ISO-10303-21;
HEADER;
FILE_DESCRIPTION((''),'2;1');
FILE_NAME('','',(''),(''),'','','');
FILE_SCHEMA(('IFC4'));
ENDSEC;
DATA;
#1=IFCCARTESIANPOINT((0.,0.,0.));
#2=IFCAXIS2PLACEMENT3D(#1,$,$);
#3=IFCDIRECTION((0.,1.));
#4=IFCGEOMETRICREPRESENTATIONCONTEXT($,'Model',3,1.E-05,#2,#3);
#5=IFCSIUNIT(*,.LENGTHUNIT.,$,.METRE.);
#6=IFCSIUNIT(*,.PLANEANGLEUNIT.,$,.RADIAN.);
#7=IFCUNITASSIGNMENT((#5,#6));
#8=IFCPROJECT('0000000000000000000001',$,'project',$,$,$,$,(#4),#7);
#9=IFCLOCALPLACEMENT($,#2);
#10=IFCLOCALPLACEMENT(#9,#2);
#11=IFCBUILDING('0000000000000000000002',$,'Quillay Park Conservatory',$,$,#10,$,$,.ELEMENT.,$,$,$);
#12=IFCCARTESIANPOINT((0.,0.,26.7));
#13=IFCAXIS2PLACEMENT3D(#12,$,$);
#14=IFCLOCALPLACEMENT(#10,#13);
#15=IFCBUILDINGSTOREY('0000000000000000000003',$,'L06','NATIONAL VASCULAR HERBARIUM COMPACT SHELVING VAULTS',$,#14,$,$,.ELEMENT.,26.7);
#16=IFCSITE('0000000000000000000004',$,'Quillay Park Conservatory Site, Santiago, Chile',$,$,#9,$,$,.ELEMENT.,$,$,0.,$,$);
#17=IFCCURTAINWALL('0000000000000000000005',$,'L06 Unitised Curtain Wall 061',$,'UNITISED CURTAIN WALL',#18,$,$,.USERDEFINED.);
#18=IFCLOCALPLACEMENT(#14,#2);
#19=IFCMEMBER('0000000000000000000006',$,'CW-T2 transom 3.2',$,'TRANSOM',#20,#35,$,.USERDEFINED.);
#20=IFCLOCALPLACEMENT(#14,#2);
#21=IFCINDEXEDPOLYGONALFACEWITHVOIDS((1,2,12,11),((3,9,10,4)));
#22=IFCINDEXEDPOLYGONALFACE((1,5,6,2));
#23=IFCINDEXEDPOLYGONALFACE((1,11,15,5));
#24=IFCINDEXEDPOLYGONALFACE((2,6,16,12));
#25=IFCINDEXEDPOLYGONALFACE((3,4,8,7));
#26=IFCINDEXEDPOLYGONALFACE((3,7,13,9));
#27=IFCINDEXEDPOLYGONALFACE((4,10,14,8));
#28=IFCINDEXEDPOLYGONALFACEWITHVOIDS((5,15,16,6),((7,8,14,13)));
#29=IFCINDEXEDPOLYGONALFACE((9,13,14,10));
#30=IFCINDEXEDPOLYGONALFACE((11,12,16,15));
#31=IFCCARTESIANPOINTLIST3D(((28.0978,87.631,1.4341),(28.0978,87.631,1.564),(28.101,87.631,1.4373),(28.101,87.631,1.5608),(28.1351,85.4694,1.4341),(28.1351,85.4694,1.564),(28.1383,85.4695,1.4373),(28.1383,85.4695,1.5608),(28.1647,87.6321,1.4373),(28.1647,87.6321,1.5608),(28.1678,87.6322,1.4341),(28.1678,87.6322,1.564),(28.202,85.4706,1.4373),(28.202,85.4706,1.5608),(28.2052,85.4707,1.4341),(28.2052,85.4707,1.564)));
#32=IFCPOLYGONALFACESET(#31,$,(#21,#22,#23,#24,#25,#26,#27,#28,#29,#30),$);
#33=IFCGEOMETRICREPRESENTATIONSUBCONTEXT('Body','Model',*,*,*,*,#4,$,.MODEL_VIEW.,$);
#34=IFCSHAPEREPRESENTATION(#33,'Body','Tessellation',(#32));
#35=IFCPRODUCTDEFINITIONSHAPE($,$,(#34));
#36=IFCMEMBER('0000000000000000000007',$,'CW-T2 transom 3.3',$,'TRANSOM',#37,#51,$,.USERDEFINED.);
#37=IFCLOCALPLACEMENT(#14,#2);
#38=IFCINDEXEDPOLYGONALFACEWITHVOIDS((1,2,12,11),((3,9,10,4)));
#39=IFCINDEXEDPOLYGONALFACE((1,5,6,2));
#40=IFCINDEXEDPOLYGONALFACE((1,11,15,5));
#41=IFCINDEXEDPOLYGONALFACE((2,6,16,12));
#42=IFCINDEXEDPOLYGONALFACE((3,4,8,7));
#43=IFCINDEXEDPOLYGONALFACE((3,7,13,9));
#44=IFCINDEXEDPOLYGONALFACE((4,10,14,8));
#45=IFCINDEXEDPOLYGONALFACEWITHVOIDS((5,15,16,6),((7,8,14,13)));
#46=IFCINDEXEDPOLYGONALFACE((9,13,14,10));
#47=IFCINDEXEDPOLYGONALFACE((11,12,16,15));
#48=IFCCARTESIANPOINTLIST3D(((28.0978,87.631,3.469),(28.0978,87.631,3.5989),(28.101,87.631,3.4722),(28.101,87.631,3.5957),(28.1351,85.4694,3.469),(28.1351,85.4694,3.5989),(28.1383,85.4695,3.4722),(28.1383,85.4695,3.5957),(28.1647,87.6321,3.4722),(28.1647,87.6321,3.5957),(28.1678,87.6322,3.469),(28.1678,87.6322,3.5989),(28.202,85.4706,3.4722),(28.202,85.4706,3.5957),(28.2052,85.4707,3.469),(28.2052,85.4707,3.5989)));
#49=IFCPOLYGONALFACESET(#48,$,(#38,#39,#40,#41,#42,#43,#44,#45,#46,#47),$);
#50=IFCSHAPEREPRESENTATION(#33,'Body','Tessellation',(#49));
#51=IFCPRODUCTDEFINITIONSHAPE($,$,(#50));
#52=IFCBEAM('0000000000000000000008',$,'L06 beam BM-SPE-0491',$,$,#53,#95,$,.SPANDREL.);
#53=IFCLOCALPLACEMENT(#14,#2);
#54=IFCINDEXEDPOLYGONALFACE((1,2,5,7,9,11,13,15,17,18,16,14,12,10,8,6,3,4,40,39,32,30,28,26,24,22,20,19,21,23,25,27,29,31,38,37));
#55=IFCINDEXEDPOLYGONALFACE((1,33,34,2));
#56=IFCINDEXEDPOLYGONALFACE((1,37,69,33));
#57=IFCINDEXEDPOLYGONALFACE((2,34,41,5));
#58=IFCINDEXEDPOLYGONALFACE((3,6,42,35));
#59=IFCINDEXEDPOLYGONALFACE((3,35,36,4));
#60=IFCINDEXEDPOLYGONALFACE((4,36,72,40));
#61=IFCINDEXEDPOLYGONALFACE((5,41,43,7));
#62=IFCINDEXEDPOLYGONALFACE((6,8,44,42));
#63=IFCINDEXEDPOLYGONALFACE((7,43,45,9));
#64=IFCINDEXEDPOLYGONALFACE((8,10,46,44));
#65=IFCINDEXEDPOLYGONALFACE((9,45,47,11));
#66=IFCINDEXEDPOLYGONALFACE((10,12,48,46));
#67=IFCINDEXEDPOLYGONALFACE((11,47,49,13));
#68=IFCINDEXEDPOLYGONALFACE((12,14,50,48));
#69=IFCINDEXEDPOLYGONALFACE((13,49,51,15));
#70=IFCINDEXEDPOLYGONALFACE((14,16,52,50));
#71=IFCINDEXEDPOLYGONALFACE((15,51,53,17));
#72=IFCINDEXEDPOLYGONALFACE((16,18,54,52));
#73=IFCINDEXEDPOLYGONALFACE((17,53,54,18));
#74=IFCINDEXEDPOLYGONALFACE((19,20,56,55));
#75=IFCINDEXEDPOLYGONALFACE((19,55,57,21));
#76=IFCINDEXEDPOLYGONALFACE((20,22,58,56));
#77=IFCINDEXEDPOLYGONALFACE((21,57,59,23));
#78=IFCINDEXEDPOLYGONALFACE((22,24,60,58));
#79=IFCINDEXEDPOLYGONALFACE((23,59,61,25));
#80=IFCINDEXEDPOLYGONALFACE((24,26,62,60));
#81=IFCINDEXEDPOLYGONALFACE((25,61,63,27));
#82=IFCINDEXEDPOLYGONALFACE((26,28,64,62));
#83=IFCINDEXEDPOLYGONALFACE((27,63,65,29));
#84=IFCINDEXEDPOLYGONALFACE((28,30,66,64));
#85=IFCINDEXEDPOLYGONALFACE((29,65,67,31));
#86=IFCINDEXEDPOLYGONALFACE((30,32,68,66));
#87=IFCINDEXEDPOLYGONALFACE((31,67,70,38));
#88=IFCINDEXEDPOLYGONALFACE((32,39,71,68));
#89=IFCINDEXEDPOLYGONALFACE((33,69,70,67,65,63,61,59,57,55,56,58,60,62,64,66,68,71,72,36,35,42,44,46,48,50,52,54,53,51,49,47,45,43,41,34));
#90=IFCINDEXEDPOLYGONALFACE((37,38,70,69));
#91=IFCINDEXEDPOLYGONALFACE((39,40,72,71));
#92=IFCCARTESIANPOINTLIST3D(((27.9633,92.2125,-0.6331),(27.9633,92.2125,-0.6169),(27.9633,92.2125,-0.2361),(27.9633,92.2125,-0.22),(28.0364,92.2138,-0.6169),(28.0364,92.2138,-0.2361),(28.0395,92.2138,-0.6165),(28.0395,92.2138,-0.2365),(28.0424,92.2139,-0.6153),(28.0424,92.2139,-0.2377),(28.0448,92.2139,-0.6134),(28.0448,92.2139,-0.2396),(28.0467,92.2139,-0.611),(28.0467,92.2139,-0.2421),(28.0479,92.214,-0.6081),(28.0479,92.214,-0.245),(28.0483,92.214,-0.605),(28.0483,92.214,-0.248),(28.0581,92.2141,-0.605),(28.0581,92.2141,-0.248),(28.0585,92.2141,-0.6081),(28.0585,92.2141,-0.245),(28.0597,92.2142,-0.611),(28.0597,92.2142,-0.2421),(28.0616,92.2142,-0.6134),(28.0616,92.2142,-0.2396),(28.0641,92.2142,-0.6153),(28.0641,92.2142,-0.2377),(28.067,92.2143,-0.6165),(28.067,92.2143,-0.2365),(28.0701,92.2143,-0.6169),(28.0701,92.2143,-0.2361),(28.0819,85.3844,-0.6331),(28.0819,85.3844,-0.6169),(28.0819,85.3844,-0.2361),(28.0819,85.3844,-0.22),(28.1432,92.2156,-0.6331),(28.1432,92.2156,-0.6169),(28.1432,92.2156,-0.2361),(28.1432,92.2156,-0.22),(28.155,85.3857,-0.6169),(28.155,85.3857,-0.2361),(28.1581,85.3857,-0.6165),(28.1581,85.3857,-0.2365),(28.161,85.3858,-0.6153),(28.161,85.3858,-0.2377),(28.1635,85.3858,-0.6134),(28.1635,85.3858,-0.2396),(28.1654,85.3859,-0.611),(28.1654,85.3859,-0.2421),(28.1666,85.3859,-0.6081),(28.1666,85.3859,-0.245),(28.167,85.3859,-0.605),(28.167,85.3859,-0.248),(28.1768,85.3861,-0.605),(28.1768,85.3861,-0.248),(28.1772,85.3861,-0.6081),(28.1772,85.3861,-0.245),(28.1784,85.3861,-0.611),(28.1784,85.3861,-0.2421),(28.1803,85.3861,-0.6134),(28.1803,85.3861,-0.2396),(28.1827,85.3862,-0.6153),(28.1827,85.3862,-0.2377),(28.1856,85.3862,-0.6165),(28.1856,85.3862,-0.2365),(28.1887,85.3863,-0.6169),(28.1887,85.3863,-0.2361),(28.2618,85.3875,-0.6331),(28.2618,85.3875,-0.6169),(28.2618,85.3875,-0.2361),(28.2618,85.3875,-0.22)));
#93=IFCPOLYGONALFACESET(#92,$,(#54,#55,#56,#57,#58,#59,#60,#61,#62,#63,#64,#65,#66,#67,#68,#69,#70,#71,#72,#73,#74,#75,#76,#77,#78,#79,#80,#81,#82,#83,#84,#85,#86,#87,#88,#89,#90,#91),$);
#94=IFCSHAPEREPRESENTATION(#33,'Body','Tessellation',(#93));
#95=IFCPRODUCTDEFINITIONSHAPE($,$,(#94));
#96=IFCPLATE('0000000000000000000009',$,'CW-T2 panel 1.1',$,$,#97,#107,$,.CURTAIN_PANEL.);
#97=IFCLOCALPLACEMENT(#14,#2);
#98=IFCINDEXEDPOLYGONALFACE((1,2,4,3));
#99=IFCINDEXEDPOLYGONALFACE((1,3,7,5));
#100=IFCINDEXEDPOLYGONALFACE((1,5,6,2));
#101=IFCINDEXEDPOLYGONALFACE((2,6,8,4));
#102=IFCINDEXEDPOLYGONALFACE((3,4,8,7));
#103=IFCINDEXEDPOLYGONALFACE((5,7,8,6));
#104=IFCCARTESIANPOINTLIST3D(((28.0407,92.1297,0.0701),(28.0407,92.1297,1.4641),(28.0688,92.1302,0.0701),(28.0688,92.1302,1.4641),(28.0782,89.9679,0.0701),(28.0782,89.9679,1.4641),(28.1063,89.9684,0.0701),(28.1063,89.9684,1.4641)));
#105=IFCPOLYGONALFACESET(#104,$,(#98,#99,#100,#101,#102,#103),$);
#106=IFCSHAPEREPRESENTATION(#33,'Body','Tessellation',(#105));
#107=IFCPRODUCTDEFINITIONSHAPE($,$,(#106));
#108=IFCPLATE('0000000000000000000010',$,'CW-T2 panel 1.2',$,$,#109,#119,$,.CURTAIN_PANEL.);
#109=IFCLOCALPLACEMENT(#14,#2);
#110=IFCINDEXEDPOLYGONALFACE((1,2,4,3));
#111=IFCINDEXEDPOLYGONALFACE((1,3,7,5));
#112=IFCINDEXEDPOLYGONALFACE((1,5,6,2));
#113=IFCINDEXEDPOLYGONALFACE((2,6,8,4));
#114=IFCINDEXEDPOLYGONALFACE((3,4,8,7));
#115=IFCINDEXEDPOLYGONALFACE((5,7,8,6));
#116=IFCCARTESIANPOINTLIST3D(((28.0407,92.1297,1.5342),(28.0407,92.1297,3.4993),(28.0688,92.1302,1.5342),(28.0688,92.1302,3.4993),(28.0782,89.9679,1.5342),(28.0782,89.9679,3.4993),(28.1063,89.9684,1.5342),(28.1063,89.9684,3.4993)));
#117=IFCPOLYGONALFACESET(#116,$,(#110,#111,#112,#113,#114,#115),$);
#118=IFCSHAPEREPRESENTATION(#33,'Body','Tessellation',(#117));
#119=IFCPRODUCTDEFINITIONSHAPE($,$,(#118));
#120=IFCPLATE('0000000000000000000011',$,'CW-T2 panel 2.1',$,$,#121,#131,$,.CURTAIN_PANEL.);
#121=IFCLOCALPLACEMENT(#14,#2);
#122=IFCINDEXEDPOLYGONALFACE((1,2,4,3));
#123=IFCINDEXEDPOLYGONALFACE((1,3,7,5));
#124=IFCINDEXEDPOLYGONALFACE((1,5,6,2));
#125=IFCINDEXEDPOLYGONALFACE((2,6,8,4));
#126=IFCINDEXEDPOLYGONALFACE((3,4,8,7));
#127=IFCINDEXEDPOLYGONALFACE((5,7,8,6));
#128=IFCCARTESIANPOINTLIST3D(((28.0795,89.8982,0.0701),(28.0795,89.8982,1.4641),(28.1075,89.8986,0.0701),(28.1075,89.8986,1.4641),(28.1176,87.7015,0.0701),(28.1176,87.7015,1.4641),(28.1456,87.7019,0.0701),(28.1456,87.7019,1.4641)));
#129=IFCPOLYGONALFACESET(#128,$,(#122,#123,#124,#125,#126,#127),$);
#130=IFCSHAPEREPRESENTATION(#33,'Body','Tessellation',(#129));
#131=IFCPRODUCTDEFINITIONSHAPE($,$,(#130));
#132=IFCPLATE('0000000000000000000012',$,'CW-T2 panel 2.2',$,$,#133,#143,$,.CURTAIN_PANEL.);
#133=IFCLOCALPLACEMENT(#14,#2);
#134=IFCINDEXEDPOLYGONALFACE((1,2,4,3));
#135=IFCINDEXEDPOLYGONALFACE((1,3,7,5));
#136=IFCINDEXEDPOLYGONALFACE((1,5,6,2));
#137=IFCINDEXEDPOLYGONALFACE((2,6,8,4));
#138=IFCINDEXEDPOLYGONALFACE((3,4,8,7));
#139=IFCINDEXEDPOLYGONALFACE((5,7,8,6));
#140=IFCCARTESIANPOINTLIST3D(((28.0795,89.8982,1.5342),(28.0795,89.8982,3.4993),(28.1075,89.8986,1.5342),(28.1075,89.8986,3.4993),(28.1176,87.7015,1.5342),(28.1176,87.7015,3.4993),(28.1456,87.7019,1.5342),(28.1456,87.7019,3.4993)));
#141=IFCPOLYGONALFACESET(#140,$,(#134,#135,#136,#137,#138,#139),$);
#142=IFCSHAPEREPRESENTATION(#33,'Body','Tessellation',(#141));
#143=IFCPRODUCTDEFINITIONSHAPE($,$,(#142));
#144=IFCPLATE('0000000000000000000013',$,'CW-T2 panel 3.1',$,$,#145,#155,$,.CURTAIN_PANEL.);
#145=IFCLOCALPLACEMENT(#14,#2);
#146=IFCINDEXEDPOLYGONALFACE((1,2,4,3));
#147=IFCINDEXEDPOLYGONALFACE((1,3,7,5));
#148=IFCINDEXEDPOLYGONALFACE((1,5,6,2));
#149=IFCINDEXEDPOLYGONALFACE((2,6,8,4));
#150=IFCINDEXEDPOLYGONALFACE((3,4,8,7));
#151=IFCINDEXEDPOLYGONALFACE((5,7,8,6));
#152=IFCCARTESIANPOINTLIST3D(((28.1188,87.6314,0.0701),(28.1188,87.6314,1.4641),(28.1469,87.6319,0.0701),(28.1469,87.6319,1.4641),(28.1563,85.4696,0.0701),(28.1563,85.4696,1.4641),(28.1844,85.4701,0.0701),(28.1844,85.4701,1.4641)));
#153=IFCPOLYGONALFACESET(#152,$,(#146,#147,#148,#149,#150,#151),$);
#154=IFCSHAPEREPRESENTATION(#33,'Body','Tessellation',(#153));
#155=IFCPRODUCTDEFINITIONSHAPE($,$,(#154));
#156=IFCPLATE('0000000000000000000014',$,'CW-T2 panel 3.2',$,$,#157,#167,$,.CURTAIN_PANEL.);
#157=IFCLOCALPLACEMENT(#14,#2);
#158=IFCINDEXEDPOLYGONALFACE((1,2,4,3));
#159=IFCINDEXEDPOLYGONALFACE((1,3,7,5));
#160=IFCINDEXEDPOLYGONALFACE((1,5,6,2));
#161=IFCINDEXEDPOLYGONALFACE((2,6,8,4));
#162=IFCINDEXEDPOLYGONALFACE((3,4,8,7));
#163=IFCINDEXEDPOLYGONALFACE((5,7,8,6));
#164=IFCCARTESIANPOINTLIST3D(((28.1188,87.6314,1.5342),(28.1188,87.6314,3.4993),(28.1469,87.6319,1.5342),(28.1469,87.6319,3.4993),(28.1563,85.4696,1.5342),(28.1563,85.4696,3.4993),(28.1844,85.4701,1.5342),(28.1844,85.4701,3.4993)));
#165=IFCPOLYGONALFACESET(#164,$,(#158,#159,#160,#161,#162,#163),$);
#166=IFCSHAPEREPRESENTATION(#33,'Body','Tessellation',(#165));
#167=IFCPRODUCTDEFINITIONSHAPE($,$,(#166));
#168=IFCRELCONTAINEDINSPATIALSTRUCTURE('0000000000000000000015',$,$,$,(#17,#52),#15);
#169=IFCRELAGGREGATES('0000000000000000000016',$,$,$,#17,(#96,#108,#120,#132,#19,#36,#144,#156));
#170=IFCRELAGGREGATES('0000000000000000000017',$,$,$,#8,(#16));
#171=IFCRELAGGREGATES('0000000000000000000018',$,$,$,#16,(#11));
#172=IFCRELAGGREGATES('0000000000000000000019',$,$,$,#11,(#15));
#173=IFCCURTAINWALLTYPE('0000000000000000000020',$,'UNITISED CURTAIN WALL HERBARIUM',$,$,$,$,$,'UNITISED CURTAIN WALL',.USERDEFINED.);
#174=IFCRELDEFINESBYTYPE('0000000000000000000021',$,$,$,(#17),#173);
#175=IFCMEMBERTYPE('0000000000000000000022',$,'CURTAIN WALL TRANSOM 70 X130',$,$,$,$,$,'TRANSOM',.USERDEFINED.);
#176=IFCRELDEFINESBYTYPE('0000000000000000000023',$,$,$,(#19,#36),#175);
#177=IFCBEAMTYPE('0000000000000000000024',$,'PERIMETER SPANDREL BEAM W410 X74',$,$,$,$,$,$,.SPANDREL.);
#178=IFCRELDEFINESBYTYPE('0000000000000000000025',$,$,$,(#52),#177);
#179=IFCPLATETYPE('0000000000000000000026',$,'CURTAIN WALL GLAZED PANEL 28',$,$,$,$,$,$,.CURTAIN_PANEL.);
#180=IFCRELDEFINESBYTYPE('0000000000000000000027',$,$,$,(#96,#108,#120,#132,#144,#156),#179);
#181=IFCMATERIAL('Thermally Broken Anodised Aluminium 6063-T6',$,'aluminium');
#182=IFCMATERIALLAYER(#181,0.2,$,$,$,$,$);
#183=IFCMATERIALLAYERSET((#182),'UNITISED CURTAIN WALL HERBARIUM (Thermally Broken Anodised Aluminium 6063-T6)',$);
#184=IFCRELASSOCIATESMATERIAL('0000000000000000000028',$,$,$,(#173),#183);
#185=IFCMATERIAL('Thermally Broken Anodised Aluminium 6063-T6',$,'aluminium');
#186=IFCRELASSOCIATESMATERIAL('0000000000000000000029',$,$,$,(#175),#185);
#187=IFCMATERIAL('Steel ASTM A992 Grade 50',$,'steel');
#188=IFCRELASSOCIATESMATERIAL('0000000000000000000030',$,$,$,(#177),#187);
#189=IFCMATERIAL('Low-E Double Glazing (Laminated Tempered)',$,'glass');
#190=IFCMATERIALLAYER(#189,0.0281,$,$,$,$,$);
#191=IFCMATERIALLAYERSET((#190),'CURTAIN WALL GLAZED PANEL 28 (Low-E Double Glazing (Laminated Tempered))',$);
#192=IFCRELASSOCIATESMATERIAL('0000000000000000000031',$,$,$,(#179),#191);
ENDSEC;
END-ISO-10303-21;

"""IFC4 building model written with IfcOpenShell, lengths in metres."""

from ifc_helpers import new_model, si_unit, direction, frame, origin, origin_2d, place, context, subcontext, project, spatial, rectangle, hollow_rectangle, i_section, extrude, material, layer, layer_set, material_profile, profile_set, type_object, element, aggregate, save


model = new_model("IFC4")

# Units and contexts
model_context = context("Model", 3, precision=1e-05, world=origin(), true_north=direction((0.0, 1.0)))
body_context = subcontext(model_context, "Body", "Model", "MODEL_VIEW")
ifc_project = project(units=[si_unit("LENGTHUNIT", "METRE"), si_unit("PLANEANGLEUNIT", "RADIAN")], contexts=[model_context])

# Site, building, storey
site_placement = place(None, origin())
site = spatial("IfcSite", under=ifc_project, at=site_placement, Name="Quillay Park Conservatory Site, Santiago, Chile", CompositionType="ELEMENT", RefElevation=0.0)
building_placement = place(site_placement, origin())
building = spatial("IfcBuilding", under=site, at=building_placement, Name="Quillay Park Conservatory", CompositionType="ELEMENT")
storey_placement = place(building_placement, frame((0.0, 0.0, 26.7)))
storey = spatial("IfcBuildingStorey", under=building, at=storey_placement, Name="L06", Description="NATIONAL VASCULAR HERBARIUM COMPACT SHELVING VAULTS", CompositionType="ELEMENT", Elevation=26.7)

# Curtain wall, members
ifc_material_1 = material(Name="Thermally Broken Anodised Aluminium 6063-T6", Category="aluminium")
ifc_layer_1 = layer(ifc_material_1, 0.2)
ifc_layer_set_1 = layer_set([ifc_layer_1], Name="UNITISED CURTAIN WALL HERBARIUM (Thermally Broken Anodised Aluminium 6063-T6)")
curtain_wall_type = type_object("IfcCurtainWallType", Name="UNITISED CURTAIN WALL HERBARIUM", ElementType="UNITISED CURTAIN WALL", PredefinedType="USERDEFINED", material=ifc_layer_set_1)
curtain_wall_placement = place(storey_placement, origin())
curtain_wall = element("IfcCurtainWall", 1, at=curtain_wall_placement, inside=storey, type_object=curtain_wall_type, Name="L06 Unitised Curtain Wall 061", ObjectType="UNITISED CURTAIN WALL", PredefinedType="USERDEFINED")
ifc_material_2 = material(Name="Thermally Broken Anodised Aluminium 6063-T6", Category="aluminium")
ifc_material_profile_1 = material_profile(ifc_material_2, hollow_rectangle(XDim=0.0701, YDim=0.1299, WallThickness=0.0032, at=origin_2d()), Name="AL70x130x3.2")
ifc_profile_set_1 = profile_set([ifc_material_profile_1], Name="Thermally Broken Anodised Aluminium 6063-T6")
member_type_1 = type_object("IfcMemberType", Name="CURTAIN WALL TRANSOM 70 X130", ElementType="TRANSOM", PredefinedType="USERDEFINED", material=ifc_profile_set_1)
member_1_placement = place(storey_placement, frame((28.1328, 87.6316, 1.499), z_axis=(0.017278, -0.999851, 0.0), x_axis=(0.999851, 0.017278, 0.0)))
member_1 = element("IfcMember", 2, at=member_1_placement, type_object=member_type_1, Name="CW-T2 transom 3.2", ObjectType="TRANSOM", PredefinedType="USERDEFINED", context=body_context, shape_type="SweptSolid", body=[
    extrude(hollow_rectangle(XDim=0.0701, YDim=0.1299, WallThickness=0.0032, at=origin_2d()), origin(), (0.0, 0.0, 1.0), 2.1619),
])
member_2_placement = place(storey_placement, frame((28.1328, 87.6316, 3.5339), z_axis=(0.017278, -0.999851, 0.0), x_axis=(0.999851, 0.017278, 0.0)))
member_2 = element("IfcMember", 3, at=member_2_placement, type_object=member_type_1, Name="CW-T2 transom 3.3", ObjectType="TRANSOM", PredefinedType="USERDEFINED", context=body_context, shape_type="SweptSolid", body=[
    extrude(hollow_rectangle(XDim=0.0701, YDim=0.1299, WallThickness=0.0032, at=origin_2d()), origin(), (0.0, 0.0, 1.0), 2.1619),
])

# Beam
ifc_material_3 = material(Name="Steel ASTM A992 Grade 50", Category="steel")
ifc_material_profile_2 = material_profile(ifc_material_3, i_section(OverallWidth=0.1799, OverallDepth=0.4131, WebThickness=0.0098, FlangeThickness=0.0161, FilletRadius=0.012, at=origin_2d()), Name="W410x74")
ifc_profile_set_2 = profile_set([ifc_material_profile_2], Name="Steel ASTM A992 Grade 50")
beam_type_1 = type_object("IfcBeamType", Name="PERIMETER SPANDREL BEAM W410 X74", PredefinedType="SPANDREL", material=ifc_profile_set_2)
beam_1_placement = place(storey_placement, frame((28.1719, 85.386, -0.4265), z_axis=(-0.017374, 0.999849, 0.0), x_axis=(-0.999849, -0.017374, 0.0)))
element("IfcBeam", 4, at=beam_1_placement, inside=storey, type_object=beam_type_1, Name="L06 beam BM-SPE-0491", PredefinedType="SPANDREL", context=body_context, shape_type="SweptSolid", body=[
    extrude(i_section(OverallWidth=0.1799, OverallDepth=0.4131, WebThickness=0.0098, FlangeThickness=0.0161, FilletRadius=0.012, at=origin_2d()), origin(), (0.0, 0.0, 1.0), 6.8291),
])

# Plates
ifc_material_4 = material(Name="Low-E Double Glazing (Laminated Tempered)", Category="glass")
ifc_layer_2 = layer(ifc_material_4, 0.0281)
ifc_layer_set_2 = layer_set([ifc_layer_2], Name="CURTAIN WALL GLAZED PANEL 28 (Low-E Double Glazing (Laminated Tempered))")
plate_type = type_object("IfcPlateType", Name="CURTAIN WALL GLAZED PANEL 28", PredefinedType="CURTAIN_PANEL", material=ifc_layer_set_2)
plate_1_placement = place(storey_placement, frame((28.0735, 91.0491, 0.0701), z_axis=(0.0, 0.0, 1.0), x_axis=(0.01735, -0.999849, 0.0)))
plate_1 = element("IfcPlate", 5, at=plate_1_placement, type_object=plate_type, Name="CW-T2 panel 1.1", PredefinedType="CURTAIN_PANEL", context=body_context, shape_type="SweptSolid", body=[
    extrude(rectangle(XDim=2.1621, YDim=0.0281, at=origin_2d()), origin(), (0.0, 0.0, 1.0), 1.394),
])
plate_2_placement = place(storey_placement, frame((28.0735, 91.0491, 1.5342), z_axis=(0.0, 0.0, 1.0), x_axis=(0.01735, -0.999849, 0.0)))
plate_2 = element("IfcPlate", 6, at=plate_2_placement, type_object=plate_type, Name="CW-T2 panel 1.2", PredefinedType="CURTAIN_PANEL", context=body_context, shape_type="SweptSolid", body=[
    extrude(rectangle(XDim=2.1621, YDim=0.0281, at=origin_2d()), origin(), (0.0, 0.0, 1.0), 1.9651),
])
plate_3_placement = place(storey_placement, frame((28.1125, 88.8, 0.0701), z_axis=(0.0, 0.0, 1.0), x_axis=(0.01735, -0.999849, 0.0)))
plate_3 = element("IfcPlate", 7, at=plate_3_placement, type_object=plate_type, Name="CW-T2 panel 2.1", PredefinedType="CURTAIN_PANEL", context=body_context, shape_type="SweptSolid", body=[
    extrude(rectangle(XDim=2.197, YDim=0.0281, at=origin_2d()), origin(), (0.0, 0.0, 1.0), 1.394),
])
plate_4_placement = place(storey_placement, frame((28.1125, 88.8, 1.5342), z_axis=(0.0, 0.0, 1.0), x_axis=(0.01735, -0.999849, 0.0)))
plate_4 = element("IfcPlate", 8, at=plate_4_placement, type_object=plate_type, Name="CW-T2 panel 2.2", PredefinedType="CURTAIN_PANEL", context=body_context, shape_type="SweptSolid", body=[
    extrude(rectangle(XDim=2.197, YDim=0.0281, at=origin_2d()), origin(), (0.0, 0.0, 1.0), 1.9651),
])
plate_5_placement = place(storey_placement, frame((28.1516, 86.5508, 0.0701), z_axis=(0.0, 0.0, 1.0), x_axis=(0.01735, -0.999849, 0.0)))
plate_5 = element("IfcPlate", 9, at=plate_5_placement, type_object=plate_type, Name="CW-T2 panel 3.1", PredefinedType="CURTAIN_PANEL", context=body_context, shape_type="SweptSolid", body=[
    extrude(rectangle(XDim=2.1621, YDim=0.0281, at=origin_2d()), origin(), (0.0, 0.0, 1.0), 1.394),
])
plate_6_placement = place(storey_placement, frame((28.1516, 86.5508, 1.5342), z_axis=(0.0, 0.0, 1.0), x_axis=(0.01735, -0.999849, 0.0)))
plate_6 = element("IfcPlate", 10, at=plate_6_placement, type_object=plate_type, Name="CW-T2 panel 3.2", PredefinedType="CURTAIN_PANEL", context=body_context, shape_type="SweptSolid", body=[
    extrude(rectangle(XDim=2.1621, YDim=0.0281, at=origin_2d()), origin(), (0.0, 0.0, 1.0), 1.9651),
])
aggregate(curtain_wall, [plate_1, plate_2, plate_3, plate_4, member_1, member_2, plate_5, plate_6])

save(model, "model.ifc")
